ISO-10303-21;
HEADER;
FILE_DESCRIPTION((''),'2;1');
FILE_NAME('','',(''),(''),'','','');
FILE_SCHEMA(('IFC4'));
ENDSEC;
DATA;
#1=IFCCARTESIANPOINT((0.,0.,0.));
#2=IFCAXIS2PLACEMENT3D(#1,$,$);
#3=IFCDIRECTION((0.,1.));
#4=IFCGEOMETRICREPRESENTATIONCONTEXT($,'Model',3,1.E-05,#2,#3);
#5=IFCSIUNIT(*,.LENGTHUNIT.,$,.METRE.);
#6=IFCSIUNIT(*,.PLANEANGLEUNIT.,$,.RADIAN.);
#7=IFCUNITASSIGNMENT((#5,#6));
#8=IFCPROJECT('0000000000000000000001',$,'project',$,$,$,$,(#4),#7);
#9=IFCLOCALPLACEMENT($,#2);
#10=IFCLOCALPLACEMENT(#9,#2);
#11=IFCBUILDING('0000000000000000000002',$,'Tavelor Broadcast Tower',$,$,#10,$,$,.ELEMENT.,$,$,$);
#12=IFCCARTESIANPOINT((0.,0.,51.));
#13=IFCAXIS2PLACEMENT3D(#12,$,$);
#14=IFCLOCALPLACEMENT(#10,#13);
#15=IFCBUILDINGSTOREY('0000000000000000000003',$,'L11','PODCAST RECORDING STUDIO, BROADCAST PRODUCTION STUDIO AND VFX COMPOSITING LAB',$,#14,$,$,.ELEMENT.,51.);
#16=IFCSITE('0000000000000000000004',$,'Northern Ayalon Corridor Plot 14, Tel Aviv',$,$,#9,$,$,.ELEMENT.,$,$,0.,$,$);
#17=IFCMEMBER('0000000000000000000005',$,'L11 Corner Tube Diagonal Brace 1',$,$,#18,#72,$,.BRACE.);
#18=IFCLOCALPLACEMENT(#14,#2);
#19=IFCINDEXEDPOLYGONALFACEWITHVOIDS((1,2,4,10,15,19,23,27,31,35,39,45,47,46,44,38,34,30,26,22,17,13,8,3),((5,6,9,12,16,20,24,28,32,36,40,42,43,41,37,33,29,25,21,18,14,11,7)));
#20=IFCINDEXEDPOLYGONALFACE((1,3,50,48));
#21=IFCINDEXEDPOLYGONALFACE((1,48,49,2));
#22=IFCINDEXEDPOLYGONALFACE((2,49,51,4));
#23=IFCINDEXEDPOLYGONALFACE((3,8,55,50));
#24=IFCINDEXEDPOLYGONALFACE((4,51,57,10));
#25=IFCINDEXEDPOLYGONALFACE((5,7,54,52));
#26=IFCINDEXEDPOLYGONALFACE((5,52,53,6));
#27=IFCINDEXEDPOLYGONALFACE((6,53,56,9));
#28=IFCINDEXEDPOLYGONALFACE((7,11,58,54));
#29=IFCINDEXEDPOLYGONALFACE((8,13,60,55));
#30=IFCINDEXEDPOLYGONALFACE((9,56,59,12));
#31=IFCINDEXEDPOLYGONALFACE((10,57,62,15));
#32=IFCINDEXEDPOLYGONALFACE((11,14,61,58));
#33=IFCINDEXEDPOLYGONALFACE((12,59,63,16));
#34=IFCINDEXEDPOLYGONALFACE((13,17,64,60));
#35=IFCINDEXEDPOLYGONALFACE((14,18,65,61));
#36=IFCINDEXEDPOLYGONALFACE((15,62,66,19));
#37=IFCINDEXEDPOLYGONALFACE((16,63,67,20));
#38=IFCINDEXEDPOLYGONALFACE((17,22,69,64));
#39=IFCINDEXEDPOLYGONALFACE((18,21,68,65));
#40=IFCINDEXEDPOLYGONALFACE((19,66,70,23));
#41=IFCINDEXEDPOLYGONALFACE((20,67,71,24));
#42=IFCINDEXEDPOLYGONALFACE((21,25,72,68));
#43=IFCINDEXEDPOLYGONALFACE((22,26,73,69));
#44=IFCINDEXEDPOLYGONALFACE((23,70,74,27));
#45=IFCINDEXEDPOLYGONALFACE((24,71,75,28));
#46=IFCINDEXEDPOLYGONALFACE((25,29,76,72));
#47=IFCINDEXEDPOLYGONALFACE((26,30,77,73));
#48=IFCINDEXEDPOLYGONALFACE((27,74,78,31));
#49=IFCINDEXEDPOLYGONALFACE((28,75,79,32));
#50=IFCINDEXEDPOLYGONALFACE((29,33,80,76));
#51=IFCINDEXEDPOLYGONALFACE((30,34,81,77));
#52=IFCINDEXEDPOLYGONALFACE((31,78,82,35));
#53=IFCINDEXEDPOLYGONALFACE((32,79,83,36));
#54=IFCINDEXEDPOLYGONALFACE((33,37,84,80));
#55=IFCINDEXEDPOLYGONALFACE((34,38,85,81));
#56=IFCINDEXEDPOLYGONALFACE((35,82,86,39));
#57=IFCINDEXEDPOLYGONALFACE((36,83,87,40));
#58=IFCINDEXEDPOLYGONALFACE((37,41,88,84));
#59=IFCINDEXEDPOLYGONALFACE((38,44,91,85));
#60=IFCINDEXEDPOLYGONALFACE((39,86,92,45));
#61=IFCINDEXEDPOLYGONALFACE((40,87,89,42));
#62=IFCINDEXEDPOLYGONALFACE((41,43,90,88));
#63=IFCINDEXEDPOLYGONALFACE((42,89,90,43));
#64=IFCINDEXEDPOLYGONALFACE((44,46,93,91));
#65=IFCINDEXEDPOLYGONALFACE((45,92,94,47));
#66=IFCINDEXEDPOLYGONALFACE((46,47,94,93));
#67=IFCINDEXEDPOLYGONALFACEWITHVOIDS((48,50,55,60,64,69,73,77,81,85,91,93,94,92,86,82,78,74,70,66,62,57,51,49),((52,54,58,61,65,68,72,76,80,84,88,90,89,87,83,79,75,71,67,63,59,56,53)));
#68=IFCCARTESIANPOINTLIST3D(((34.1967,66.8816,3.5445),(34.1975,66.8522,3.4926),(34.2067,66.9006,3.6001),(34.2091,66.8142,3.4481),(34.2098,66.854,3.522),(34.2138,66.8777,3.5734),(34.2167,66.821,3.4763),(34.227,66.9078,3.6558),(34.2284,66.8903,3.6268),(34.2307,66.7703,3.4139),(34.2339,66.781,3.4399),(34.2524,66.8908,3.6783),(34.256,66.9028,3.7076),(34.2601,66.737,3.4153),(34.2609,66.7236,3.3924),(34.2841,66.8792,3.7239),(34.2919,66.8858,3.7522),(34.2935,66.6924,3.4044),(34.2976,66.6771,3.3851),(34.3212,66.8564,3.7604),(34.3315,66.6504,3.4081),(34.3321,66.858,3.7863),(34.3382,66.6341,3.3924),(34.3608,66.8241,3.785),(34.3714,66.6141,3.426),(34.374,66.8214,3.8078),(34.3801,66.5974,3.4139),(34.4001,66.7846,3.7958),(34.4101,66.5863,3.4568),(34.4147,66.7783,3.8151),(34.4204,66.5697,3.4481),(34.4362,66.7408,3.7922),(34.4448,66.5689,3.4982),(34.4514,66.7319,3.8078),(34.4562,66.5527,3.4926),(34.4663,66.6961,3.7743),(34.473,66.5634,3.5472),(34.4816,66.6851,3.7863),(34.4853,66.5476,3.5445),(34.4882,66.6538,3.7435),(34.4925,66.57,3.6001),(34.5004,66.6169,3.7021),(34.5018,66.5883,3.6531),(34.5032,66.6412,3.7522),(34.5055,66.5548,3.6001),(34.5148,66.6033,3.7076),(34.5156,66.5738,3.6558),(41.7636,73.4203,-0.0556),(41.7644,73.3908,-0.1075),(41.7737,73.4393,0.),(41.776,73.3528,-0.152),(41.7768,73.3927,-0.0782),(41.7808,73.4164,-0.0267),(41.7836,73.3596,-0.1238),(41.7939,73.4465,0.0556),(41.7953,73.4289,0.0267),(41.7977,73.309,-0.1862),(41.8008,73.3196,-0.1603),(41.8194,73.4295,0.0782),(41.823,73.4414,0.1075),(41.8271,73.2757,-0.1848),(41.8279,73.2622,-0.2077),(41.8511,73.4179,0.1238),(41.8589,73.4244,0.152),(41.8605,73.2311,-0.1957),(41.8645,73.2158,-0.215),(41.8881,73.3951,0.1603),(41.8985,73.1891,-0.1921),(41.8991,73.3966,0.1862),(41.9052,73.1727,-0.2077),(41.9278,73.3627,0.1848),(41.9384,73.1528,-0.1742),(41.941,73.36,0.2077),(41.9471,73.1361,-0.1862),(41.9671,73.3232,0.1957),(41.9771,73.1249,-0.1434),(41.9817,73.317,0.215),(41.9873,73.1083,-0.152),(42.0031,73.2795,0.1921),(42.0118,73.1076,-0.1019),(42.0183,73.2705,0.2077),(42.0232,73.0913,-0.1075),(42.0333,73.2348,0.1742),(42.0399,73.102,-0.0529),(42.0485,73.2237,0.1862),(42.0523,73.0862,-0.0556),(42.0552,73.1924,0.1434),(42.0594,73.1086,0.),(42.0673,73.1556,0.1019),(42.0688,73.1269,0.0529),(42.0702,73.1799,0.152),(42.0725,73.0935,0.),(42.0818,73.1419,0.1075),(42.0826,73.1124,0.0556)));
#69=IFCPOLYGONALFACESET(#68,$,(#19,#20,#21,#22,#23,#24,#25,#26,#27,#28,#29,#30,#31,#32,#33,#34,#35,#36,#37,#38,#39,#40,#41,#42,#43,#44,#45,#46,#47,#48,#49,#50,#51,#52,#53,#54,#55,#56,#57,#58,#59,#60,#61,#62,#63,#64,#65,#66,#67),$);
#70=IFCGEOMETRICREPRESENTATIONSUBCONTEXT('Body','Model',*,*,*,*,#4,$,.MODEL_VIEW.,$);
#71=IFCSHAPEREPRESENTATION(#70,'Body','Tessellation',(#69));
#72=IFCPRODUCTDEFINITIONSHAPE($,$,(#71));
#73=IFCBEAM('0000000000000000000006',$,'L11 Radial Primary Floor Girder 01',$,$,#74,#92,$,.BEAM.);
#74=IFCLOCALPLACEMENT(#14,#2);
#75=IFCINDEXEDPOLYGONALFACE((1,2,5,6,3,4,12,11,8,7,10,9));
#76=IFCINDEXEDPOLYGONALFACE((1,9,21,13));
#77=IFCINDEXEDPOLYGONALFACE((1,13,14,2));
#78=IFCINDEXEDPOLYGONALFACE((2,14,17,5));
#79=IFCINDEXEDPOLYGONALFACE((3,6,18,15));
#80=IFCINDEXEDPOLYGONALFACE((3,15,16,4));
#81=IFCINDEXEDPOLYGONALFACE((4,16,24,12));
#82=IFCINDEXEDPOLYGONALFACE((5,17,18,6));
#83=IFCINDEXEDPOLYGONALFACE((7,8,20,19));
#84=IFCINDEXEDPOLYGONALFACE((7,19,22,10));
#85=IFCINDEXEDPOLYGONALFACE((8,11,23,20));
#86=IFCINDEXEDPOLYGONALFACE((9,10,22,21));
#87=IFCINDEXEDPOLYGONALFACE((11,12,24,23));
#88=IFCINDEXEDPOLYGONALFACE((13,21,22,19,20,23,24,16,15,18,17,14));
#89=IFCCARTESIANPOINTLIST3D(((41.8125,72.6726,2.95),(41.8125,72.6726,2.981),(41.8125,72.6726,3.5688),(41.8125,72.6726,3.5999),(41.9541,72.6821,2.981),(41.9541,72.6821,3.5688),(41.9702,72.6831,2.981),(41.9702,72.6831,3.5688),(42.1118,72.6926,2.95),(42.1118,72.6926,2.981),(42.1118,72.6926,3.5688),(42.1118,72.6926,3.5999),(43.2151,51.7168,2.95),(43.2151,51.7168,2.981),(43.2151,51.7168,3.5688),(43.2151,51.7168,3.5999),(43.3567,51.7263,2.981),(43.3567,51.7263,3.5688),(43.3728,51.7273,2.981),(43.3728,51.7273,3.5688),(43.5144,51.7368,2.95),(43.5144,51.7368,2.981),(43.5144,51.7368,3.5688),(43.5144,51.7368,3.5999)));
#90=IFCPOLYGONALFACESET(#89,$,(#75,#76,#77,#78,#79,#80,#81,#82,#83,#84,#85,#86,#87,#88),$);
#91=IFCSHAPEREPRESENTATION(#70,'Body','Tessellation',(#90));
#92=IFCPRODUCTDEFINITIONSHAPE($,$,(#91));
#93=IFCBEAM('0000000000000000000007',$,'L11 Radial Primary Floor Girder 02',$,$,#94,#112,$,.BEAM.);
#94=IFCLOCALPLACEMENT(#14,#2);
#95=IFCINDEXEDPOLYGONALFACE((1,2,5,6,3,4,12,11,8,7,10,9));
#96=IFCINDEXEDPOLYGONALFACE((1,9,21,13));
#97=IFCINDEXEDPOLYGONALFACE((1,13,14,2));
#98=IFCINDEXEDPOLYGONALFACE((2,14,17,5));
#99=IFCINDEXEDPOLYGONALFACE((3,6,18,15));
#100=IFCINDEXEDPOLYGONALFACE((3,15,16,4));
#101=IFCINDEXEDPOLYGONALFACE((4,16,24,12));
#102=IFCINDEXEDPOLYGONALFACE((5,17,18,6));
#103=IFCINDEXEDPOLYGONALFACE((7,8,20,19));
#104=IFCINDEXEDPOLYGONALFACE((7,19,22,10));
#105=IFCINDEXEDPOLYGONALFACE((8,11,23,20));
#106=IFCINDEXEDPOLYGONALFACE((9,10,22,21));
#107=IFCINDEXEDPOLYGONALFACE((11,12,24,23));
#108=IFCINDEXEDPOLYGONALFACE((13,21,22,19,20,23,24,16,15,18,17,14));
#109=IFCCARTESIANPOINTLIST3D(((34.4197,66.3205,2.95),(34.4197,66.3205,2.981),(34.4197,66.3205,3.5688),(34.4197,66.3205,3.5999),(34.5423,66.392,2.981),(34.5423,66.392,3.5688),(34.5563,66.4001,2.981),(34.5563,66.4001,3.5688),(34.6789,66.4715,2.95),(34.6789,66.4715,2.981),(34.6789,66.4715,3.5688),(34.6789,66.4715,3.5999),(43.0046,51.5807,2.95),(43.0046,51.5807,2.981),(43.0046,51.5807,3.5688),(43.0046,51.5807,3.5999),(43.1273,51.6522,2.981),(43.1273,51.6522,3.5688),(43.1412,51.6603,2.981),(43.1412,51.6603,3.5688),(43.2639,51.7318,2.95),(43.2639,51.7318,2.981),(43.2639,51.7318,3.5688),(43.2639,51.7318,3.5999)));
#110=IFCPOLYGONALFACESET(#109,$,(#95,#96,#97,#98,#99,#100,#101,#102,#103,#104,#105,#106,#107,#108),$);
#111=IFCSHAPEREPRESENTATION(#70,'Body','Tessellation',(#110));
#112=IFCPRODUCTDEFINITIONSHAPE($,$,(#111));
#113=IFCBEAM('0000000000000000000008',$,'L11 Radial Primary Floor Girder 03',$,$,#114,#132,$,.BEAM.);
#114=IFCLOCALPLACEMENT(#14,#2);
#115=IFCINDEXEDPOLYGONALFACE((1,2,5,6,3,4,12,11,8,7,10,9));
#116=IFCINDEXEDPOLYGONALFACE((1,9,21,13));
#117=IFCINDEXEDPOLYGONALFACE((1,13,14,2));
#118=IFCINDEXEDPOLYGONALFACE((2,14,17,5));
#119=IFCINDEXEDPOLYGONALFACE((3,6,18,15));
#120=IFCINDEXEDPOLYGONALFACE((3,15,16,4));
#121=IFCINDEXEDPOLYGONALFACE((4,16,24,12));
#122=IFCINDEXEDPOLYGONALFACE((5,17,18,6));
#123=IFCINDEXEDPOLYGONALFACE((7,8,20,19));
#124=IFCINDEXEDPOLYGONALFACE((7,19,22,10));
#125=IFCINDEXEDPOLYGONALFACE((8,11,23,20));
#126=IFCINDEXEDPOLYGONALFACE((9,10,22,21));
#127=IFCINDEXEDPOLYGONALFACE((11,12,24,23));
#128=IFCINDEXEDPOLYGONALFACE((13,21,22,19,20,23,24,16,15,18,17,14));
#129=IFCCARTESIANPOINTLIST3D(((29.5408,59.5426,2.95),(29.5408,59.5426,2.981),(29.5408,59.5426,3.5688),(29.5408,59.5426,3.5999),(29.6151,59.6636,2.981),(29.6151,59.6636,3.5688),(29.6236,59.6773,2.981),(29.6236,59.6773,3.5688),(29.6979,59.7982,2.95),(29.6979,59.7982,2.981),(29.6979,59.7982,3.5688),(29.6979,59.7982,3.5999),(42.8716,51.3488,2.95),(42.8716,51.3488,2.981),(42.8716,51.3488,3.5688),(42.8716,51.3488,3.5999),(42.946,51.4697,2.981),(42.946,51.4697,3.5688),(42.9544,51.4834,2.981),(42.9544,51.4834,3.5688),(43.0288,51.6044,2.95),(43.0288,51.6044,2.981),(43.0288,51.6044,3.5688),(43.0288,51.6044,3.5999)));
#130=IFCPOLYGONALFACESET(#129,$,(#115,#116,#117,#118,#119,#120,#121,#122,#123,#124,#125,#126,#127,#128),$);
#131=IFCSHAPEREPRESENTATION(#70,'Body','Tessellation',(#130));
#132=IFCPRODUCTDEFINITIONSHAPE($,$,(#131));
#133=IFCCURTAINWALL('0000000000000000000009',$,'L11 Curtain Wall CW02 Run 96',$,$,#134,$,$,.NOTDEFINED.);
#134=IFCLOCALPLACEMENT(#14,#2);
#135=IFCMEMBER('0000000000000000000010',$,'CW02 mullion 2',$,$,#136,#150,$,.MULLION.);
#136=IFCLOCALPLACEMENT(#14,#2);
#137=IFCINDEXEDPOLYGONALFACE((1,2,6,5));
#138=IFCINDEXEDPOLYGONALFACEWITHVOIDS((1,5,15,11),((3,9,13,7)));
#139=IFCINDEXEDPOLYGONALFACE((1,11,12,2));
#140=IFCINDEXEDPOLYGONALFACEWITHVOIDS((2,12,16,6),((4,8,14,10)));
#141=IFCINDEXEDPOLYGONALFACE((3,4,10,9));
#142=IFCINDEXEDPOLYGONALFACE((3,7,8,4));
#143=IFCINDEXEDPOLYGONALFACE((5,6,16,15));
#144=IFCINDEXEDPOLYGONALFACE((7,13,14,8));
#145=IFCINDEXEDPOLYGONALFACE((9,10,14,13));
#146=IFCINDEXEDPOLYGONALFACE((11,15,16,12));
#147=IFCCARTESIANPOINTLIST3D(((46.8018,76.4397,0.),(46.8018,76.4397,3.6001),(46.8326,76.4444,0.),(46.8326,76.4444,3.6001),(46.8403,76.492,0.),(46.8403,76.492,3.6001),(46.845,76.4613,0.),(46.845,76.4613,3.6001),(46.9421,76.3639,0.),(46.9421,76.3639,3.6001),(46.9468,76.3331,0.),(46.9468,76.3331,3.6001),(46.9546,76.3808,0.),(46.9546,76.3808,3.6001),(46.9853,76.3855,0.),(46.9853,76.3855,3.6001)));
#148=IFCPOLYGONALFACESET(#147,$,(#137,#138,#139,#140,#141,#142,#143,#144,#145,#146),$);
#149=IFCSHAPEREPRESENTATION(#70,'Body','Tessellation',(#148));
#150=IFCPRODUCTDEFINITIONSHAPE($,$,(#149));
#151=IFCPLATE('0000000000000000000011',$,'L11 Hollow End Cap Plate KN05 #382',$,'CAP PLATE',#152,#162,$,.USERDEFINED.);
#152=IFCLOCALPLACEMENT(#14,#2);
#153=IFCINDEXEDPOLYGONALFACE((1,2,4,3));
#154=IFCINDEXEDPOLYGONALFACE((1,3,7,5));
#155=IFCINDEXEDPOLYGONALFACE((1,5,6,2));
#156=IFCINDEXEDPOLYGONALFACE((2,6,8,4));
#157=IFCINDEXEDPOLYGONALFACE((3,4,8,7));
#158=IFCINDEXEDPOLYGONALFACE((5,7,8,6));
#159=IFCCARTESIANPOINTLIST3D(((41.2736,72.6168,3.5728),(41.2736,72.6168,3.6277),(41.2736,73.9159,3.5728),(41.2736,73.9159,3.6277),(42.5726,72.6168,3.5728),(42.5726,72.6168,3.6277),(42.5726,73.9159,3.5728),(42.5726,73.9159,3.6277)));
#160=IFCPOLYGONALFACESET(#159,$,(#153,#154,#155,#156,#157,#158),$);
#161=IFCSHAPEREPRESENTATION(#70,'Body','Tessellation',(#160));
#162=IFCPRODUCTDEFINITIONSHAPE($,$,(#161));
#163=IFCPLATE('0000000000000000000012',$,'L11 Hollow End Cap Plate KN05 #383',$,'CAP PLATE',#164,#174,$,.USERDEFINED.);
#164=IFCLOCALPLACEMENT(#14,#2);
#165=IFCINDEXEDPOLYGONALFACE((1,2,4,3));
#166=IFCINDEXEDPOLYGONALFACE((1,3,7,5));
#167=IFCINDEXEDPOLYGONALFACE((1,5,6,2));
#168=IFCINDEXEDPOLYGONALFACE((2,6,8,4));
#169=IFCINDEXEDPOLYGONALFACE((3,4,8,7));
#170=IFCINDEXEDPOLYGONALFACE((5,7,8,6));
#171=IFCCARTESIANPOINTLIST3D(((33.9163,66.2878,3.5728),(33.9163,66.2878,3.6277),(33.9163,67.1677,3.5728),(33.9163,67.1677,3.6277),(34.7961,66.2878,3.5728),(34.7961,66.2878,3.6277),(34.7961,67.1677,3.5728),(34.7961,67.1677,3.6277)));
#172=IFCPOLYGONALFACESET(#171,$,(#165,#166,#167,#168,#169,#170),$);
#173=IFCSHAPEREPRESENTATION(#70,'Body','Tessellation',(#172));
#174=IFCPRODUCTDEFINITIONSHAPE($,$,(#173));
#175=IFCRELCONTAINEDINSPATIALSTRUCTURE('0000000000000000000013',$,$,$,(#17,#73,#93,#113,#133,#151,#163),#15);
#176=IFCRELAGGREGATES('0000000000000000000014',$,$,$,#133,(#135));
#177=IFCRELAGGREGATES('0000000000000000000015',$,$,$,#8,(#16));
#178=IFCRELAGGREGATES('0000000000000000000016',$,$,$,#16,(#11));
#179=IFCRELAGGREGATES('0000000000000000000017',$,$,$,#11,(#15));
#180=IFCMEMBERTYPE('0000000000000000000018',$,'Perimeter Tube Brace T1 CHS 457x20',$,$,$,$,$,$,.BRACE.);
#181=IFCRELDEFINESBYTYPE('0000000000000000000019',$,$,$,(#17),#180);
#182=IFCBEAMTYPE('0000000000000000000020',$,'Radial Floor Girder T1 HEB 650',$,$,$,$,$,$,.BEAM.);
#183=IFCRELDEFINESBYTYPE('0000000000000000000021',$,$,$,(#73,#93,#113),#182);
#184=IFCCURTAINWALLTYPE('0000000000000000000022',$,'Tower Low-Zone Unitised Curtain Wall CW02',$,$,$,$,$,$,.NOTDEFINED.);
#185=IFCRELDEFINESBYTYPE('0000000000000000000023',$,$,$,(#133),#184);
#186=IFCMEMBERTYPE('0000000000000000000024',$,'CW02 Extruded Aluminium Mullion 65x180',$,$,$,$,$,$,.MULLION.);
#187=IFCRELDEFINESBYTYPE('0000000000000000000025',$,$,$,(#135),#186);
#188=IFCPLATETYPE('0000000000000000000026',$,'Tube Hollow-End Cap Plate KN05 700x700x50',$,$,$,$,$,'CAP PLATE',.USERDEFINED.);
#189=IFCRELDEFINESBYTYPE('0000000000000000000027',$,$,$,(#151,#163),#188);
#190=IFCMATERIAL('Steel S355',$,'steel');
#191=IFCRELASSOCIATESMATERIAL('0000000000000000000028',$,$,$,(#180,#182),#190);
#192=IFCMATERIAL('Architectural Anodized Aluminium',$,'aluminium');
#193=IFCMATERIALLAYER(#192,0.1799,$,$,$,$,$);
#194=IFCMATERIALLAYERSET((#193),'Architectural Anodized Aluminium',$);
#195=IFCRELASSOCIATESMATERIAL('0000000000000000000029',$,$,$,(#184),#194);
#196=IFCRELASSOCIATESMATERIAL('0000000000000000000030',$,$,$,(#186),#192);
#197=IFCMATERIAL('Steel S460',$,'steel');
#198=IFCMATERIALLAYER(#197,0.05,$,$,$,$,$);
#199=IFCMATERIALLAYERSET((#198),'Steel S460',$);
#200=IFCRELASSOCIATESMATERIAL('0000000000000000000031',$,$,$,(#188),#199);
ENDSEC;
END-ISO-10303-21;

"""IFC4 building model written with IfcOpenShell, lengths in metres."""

from ifc_helpers import new_model, si_unit, direction, frame, origin, origin_2d, place, context, subcontext, project, spatial, rectangle, hollow_rectangle, hollow_circle, i_section, extrude, source, transform, mapped, material, layer, layer_set, material_profile, profile_set, type_object, type_shapes, element, aggregate, save


model = new_model("IFC4")

# Units and contexts
model_context = context("Model", 3, precision=1e-05, world=origin(), true_north=direction((0.0, 1.0)))
body_context = subcontext(model_context, "Body", "Model", "MODEL_VIEW")
ifc_project = project(units=[si_unit("LENGTHUNIT", "METRE"), si_unit("PLANEANGLEUNIT", "RADIAN")], contexts=[model_context])

# Site, building, storey
site_placement = place(None, origin())
site = spatial("IfcSite", under=ifc_project, at=site_placement, Name="Northern Ayalon Corridor Plot 14, Tel Aviv", CompositionType="ELEMENT", RefElevation=0.0)
building_placement = place(site_placement, origin())
building = spatial("IfcBuilding", under=site, at=building_placement, Name="Tavelor Broadcast Tower", CompositionType="ELEMENT")
storey_placement = place(building_placement, frame((0.0, 0.0, 51.0)))
storey = spatial("IfcBuildingStorey", under=building, at=storey_placement, Name="L11", Description="PODCAST RECORDING STUDIO, BROADCAST PRODUCTION STUDIO AND VFX COMPOSITING LAB", CompositionType="ELEMENT", Elevation=51.0)

# Shared definitions
ifc_material_1 = material(Name="Steel S460", Category="steel")

# Shared definitions
ifc_material_2 = material(Name="Steel S355", Category="steel")

# Member
ifc_material_profile_1 = material_profile(ifc_material_2, hollow_circle(Radius=0.2285, WallThickness=0.02, at=origin_2d()), Name="CHS 457x20")
ifc_profile_set_1 = profile_set([ifc_material_profile_1], Name="Steel S355")
member_type_1 = type_object("IfcMemberType", Name="Perimeter Tube Brace T1 CHS 457x20", PredefinedType="BRACE", material=ifc_profile_set_1)
member_1_placement = place(storey_placement, frame((41.9231, 73.2664, 0.0), z_axis=(-0.711923, -0.615175, 0.338711), x_axis=(0.653822, -0.756648, 0.0)))
element("IfcMember", 1, at=member_1_placement, inside=storey, type_object=member_type_1, Name="L11 Corner Tube Diagonal Brace 1", PredefinedType="BRACE", context=body_context, shape_type="SweptSolid", body=[
    extrude(hollow_circle(Radius=0.2285, WallThickness=0.02, at=origin_2d()), origin(), (0.0, 0.0, 1.0), 10.6289),
])

# Beams
ifc_material_profile_2 = material_profile(ifc_material_2, i_section(OverallWidth=0.3, OverallDepth=0.6499, WebThickness=0.0161, FlangeThickness=0.031, at=origin_2d()), Name="HEB 650")
ifc_profile_set_2 = profile_set([ifc_material_profile_2], Name="Steel S355")
beam_type_1 = type_object("IfcBeamType", Name="Radial Floor Girder T1 HEB 650", PredefinedType="BEAM", material=ifc_profile_set_2)
beam_1_placement = place(storey_placement, frame((43.3647, 51.7268, 3.2749), z_axis=(-0.066781, 0.997768, 0.0), x_axis=(-0.997768, -0.066781, 0.0)))
element("IfcBeam", 2, at=beam_1_placement, inside=storey, type_object=beam_type_1, Name="L11 Radial Primary Floor Girder 01", PredefinedType="BEAM", context=body_context, shape_type="SweptSolid", body=[
    extrude(i_section(OverallWidth=0.3, OverallDepth=0.6499, WebThickness=0.0161, FlangeThickness=0.031, at=origin_2d()), origin(), (0.0, 0.0, 1.0), 21.0027),
])
beam_2_placement = place(storey_placement, frame((43.1343, 51.6562, 3.2749), z_axis=(-0.503292, 0.864116, 0.0), x_axis=(-0.864116, -0.503292, 0.0)))
element("IfcBeam", 3, at=beam_2_placement, inside=storey, type_object=beam_type_1, Name="L11 Radial Primary Floor Girder 02", PredefinedType="BEAM", context=body_context, shape_type="SweptSolid", body=[
    extrude(i_section(OverallWidth=0.3, OverallDepth=0.6499, WebThickness=0.0161, FlangeThickness=0.031, at=origin_2d()), origin(), (0.0, 0.0, 1.0), 17.0576),
])
beam_3_placement = place(storey_placement, frame((42.9502, 51.4766, 3.2749), z_axis=(-0.851936, 0.523646, 0.0), x_axis=(-0.523646, -0.851936, 0.0)))
element("IfcBeam", 4, at=beam_3_placement, inside=storey, type_object=beam_type_1, Name="L11 Radial Primary Floor Girder 03", PredefinedType="BEAM", context=body_context, shape_type="SweptSolid", body=[
    extrude(i_section(OverallWidth=0.3, OverallDepth=0.6499, WebThickness=0.0161, FlangeThickness=0.031, at=origin_2d()), origin(), (0.0, 0.0, 1.0), 15.6477),
])

# Curtain wall, member
ifc_material_3 = material(Name="Architectural Anodized Aluminium", Category="aluminium")
ifc_layer_1 = layer(ifc_material_3, 0.1799)
ifc_layer_set_1 = layer_set([ifc_layer_1], Name="Architectural Anodized Aluminium")
curtain_wall_type = type_object("IfcCurtainWallType", Name="Tower Low-Zone Unitised Curtain Wall CW02", PredefinedType="NOTDEFINED", material=ifc_layer_set_1)
curtain_wall_placement = place(storey_placement, origin())
curtain_wall = element("IfcCurtainWall", 5, at=curtain_wall_placement, inside=storey, type_object=curtain_wall_type, Name="L11 Curtain Wall CW02 Run 96", PredefinedType="NOTDEFINED")
ifc_material_profile_3 = material_profile(ifc_material_3, hollow_rectangle(XDim=0.0649, YDim=0.1799, WallThickness=0.022, at=origin_2d()), Name="RHS 65x180x22")
ifc_profile_set_3 = profile_set([ifc_material_profile_3], Name="Architectural Anodized Aluminium")
member_type_2 = type_object("IfcMemberType", Name="CW02 Extruded Aluminium Mullion 65x180", PredefinedType="MULLION", material=ifc_profile_set_3)
shared_shape_1 = source(origin(), body_context, "Body", "SweptSolid", [
    extrude(hollow_rectangle(XDim=0.0649, YDim=0.1799, WallThickness=0.022, at=origin_2d()), origin(), (0.0, 0.0, 1.0), 3.6001),
])
type_shapes(member_type_2, [shared_shape_1])
member_2_placement = place(storey_placement, frame((46.8936, 76.4126, 0.0), z_axis=(0.0, 0.0, 1.0), x_axis=(-0.592346, -0.805684, 0.0)))
member_2 = element("IfcMember", 6, at=member_2_placement, type_object=member_type_2, Name="CW02 mullion 2", PredefinedType="MULLION", context=body_context, shape_type="MappedRepresentation", body=[
    mapped(shared_shape_1, transform((0.0, 0.0, 0.0), scale=1.0)),
])
aggregate(curtain_wall, [member_2])

# Plates
ifc_layer_2 = layer(ifc_material_1, 0.05)
ifc_layer_set_2 = layer_set([ifc_layer_2], Name="Steel S460")
plate_type = type_object("IfcPlateType", Name="Tube Hollow-End Cap Plate KN05 700x700x50", ElementType="CAP PLATE", PredefinedType="USERDEFINED", material=ifc_layer_set_2)
shared_shape_2 = source(origin(), body_context, "Body", "SweptSolid", [
    extrude(rectangle(XDim=1.2991, YDim=1.2991, at=origin_2d()), origin(), (0.0, 0.0, 1.0), 0.0549),
])
plate_1_placement = place(storey_placement, frame((41.9231, 73.2664, 3.5728), z_axis=(0.0, 0.0, 1.0), x_axis=(1.0, 0.0, 0.0)))
element("IfcPlate", 7, at=plate_1_placement, inside=storey, type_object=plate_type, Name="L11 Hollow End Cap Plate KN05 #382", ObjectType="CAP PLATE", PredefinedType="USERDEFINED", context=body_context, shape_type="MappedRepresentation", body=[
    mapped(shared_shape_2, transform((0.0, 0.0, 0.0), scale=1.0)),
])
shared_shape_3 = source(origin(), body_context, "Body", "SweptSolid", [
    extrude(rectangle(XDim=0.8799, YDim=0.8799, at=origin_2d()), origin(), (0.0, 0.0, 1.0), 0.0549),
])
type_shapes(plate_type, [shared_shape_2, shared_shape_3])
plate_2_placement = place(storey_placement, frame((34.3562, 66.7278, 3.5728), z_axis=(0.0, 0.0, 1.0), x_axis=(1.0, 0.0, 0.0)))
element("IfcPlate", 8, at=plate_2_placement, inside=storey, type_object=plate_type, Name="L11 Hollow End Cap Plate KN05 #383", ObjectType="CAP PLATE", PredefinedType="USERDEFINED", context=body_context, shape_type="MappedRepresentation", body=[
    mapped(shared_shape_3, transform((0.0, 0.0, 0.0), scale=1.0)),
])

save(model, "model.ifc")
